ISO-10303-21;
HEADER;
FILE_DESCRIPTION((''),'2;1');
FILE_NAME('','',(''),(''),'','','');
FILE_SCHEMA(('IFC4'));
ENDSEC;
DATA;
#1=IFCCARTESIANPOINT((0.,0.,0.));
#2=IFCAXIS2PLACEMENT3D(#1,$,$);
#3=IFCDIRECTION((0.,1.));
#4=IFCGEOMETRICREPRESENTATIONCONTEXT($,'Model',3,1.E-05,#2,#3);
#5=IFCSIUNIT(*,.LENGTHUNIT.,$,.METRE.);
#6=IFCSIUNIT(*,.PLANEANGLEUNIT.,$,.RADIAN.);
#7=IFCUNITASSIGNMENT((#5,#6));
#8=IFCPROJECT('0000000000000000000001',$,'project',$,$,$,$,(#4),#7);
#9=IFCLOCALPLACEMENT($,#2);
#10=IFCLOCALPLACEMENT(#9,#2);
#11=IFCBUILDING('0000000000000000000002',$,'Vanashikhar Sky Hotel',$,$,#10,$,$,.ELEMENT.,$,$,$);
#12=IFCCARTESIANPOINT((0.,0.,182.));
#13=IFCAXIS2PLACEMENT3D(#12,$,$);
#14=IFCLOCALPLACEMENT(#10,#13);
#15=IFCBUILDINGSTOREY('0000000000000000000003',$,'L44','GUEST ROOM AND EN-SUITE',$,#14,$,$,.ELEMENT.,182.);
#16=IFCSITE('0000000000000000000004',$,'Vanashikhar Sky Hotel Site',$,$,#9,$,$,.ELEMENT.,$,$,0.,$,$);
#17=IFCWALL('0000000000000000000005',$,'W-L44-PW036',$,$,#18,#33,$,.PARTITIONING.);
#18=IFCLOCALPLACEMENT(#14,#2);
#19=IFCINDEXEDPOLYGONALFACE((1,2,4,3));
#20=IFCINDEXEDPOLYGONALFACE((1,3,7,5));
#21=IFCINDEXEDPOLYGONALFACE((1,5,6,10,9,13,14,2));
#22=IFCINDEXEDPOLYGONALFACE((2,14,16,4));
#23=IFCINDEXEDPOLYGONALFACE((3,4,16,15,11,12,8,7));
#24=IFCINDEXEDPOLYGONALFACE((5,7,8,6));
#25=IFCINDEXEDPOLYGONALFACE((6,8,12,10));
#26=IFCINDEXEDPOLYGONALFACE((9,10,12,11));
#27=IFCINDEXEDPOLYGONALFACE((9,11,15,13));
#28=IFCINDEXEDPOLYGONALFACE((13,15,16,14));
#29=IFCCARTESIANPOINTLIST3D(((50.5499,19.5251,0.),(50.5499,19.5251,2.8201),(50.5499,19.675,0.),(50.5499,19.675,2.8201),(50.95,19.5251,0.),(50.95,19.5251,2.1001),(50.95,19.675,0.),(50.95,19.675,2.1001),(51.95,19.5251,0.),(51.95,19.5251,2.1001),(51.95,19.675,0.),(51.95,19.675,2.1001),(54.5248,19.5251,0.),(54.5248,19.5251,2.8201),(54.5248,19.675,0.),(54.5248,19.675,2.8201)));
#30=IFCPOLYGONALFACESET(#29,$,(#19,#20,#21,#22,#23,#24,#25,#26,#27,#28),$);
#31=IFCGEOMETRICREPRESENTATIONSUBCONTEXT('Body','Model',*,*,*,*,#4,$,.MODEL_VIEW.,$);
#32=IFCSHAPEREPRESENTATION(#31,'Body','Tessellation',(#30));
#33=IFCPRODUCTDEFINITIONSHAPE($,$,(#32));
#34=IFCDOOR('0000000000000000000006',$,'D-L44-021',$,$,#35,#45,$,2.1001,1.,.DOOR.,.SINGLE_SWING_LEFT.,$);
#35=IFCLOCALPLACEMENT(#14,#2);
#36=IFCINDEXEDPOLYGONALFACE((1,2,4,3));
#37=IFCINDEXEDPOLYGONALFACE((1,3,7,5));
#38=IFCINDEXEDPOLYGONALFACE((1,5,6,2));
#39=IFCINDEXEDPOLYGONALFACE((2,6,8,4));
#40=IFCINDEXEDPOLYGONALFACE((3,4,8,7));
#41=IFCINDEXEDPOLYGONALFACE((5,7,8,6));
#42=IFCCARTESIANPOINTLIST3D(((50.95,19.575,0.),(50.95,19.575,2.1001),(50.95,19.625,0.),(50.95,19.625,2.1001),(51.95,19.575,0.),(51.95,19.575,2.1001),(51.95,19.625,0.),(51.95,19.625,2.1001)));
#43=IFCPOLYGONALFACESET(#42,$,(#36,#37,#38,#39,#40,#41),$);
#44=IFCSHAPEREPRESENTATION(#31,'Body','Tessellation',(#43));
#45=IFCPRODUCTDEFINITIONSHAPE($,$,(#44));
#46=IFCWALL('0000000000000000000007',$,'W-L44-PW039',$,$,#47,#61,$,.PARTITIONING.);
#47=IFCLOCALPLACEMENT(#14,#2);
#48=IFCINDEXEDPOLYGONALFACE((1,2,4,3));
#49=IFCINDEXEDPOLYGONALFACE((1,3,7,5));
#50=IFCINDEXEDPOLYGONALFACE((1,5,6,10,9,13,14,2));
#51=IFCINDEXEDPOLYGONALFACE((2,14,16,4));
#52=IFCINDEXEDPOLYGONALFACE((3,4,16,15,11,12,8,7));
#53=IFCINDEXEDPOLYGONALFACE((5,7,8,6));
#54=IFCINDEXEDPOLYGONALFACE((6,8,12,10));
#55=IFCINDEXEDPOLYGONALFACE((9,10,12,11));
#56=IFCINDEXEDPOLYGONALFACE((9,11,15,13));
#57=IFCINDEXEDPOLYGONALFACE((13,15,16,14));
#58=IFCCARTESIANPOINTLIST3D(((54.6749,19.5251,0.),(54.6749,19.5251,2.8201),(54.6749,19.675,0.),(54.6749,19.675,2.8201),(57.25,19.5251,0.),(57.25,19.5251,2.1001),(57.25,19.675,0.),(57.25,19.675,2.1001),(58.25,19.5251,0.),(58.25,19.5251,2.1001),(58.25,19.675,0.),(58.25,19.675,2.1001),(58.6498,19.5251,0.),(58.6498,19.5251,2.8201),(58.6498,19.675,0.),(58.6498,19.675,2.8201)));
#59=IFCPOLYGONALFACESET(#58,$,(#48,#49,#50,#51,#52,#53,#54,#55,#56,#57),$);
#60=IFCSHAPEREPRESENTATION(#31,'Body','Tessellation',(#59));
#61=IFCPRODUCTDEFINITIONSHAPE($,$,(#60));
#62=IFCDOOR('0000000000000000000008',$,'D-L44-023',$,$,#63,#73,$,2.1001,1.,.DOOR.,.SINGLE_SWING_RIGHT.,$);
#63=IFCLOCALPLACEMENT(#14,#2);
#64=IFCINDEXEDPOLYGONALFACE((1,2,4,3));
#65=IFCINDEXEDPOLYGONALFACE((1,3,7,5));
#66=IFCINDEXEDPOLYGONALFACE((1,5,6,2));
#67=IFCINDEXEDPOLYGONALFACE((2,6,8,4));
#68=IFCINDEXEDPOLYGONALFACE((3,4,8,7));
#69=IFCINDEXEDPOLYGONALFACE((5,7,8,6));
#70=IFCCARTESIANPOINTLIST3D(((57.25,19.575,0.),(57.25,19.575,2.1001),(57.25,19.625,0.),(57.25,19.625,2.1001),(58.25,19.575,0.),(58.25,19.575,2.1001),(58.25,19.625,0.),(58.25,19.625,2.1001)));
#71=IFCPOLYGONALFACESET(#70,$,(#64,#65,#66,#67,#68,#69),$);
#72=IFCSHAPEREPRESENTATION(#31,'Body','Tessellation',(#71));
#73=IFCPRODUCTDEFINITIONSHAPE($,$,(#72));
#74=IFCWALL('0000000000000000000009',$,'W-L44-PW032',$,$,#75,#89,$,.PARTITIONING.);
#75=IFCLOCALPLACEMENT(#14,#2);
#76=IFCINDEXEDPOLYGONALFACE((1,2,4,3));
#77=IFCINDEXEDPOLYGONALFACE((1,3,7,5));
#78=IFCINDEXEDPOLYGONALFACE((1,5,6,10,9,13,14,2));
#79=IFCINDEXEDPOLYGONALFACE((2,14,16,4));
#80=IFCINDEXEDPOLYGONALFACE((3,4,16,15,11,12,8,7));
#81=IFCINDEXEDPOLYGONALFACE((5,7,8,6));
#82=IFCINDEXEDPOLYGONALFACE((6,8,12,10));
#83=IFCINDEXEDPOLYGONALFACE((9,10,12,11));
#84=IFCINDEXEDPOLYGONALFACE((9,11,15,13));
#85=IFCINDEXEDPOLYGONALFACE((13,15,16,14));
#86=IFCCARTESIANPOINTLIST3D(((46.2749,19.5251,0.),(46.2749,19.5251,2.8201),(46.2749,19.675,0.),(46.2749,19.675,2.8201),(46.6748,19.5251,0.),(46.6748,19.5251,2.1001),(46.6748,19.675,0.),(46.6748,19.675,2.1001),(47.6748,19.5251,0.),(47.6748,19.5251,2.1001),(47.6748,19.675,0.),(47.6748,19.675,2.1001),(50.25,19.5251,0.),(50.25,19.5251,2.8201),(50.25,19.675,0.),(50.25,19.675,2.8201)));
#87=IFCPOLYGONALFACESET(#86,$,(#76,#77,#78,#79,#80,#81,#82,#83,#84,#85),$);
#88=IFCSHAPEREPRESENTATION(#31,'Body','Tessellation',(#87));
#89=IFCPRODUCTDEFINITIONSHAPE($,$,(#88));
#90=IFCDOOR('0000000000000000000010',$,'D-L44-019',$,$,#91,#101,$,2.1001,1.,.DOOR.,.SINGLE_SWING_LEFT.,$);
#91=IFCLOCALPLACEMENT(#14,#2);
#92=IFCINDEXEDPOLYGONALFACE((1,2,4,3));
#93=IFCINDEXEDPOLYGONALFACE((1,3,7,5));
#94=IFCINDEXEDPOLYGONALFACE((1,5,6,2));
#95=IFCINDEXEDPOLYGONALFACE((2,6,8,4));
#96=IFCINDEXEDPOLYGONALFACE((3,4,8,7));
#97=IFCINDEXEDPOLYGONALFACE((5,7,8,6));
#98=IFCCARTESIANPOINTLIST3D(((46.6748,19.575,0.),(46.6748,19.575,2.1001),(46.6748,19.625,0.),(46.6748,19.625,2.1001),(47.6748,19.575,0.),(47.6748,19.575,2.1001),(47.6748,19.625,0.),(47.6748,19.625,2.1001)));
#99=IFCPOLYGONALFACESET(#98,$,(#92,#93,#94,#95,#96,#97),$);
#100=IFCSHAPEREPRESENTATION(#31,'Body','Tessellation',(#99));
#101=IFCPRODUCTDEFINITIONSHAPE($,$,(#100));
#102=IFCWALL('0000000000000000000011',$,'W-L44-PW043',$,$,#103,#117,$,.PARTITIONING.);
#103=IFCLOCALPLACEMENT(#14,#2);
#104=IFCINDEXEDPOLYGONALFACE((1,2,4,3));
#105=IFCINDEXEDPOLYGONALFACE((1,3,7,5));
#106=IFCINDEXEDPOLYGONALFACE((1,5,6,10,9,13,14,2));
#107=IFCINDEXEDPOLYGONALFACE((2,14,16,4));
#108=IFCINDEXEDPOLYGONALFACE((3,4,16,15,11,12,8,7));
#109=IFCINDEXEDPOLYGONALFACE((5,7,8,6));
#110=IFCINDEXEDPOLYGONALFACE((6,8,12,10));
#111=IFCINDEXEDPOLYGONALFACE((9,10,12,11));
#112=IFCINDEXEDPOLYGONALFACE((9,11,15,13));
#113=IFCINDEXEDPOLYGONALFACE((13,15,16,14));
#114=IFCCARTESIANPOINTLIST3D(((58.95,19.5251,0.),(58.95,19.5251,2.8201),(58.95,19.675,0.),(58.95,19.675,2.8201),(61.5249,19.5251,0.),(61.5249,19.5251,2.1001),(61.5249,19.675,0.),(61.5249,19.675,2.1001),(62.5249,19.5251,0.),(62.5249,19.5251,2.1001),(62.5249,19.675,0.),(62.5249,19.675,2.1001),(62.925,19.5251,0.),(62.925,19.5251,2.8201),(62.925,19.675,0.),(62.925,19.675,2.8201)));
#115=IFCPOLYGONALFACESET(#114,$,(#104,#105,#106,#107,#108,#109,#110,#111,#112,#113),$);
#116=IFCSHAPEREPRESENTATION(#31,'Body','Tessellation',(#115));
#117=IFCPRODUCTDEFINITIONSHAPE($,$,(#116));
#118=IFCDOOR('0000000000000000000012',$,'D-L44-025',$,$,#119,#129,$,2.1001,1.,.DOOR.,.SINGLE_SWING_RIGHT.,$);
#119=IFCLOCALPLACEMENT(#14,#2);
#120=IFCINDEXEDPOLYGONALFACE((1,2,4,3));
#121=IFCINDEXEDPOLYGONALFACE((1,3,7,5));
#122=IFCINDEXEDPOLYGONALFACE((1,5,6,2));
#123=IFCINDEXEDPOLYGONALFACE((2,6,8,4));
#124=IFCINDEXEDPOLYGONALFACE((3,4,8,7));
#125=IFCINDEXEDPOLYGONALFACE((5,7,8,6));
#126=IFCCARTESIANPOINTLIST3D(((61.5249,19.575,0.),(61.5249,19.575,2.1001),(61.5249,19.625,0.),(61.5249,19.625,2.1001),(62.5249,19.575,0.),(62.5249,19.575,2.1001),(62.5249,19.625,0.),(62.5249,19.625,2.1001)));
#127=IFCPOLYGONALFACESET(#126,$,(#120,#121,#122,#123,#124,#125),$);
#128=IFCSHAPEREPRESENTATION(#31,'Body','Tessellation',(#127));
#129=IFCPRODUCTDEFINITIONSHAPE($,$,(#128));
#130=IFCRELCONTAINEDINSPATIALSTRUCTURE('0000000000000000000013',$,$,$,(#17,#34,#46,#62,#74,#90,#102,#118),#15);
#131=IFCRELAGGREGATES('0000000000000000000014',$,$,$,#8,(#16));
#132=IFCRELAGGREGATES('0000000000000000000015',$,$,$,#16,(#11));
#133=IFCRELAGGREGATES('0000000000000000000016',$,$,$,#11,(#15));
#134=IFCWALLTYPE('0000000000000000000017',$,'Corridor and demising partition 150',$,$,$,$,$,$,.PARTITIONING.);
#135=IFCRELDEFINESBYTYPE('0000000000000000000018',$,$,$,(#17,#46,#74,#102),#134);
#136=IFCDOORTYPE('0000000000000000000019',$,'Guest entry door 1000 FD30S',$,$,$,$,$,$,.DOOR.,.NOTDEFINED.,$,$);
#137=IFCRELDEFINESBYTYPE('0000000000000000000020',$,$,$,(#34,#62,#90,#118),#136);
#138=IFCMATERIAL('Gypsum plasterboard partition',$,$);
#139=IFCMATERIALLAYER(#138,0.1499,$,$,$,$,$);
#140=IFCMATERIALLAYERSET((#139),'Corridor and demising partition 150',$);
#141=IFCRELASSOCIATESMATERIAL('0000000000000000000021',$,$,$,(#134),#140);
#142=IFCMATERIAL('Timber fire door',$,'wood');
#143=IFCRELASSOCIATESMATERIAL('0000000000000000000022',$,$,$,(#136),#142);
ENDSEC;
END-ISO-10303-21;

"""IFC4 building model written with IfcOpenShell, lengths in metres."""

from ifc_helpers import new_model, si_unit, direction, frame, frame_2d, origin, place, context, subcontext, project, spatial, rectangle, extrude, source, transform, mapped, material, layer, layer_set, type_object, element, fill, save


model = new_model("IFC4")

# Units and contexts
model_context = context("Model", 3, precision=1e-05, world=origin(), true_north=direction((0.0, 1.0)))
body_context = subcontext(model_context, "Body", "Model", "MODEL_VIEW")
ifc_project = project(units=[si_unit("LENGTHUNIT", "METRE"), si_unit("PLANEANGLEUNIT", "RADIAN")], contexts=[model_context])

# Site, building, storey
site_placement = place(None, origin())
site = spatial("IfcSite", under=ifc_project, at=site_placement, Name="Vanashikhar Sky Hotel Site", CompositionType="ELEMENT", RefElevation=0.0)
building_placement = place(site_placement, origin())
building = spatial("IfcBuilding", under=site, at=building_placement, Name="Vanashikhar Sky Hotel", CompositionType="ELEMENT")
storey_placement = place(building_placement, frame((0.0, 0.0, 182.0)))
storey = spatial("IfcBuildingStorey", under=building, at=storey_placement, Name="L44", Description="GUEST ROOM AND EN-SUITE", CompositionType="ELEMENT", Elevation=182.0)

# Shared definitions
ifc_material_1 = material(Name="Gypsum plasterboard partition")

# Walls, openings, doors
ifc_layer_1 = layer(ifc_material_1, 0.1499)
ifc_layer_set_1 = layer_set([ifc_layer_1], Name="Corridor and demising partition 150")
wall_type_1 = type_object("IfcWallType", Name="Corridor and demising partition 150", PredefinedType="PARTITIONING", material=ifc_layer_set_1)
shared_shape_1 = source(origin(), body_context, "Body", "SweptSolid", [
    extrude(rectangle(XDim=3.9749, YDim=0.1499, at=frame_2d((1.9873, 0.0))), origin(), (0.0, 0.0, 1.0), 2.8201),
])
wall_1_placement = place(storey_placement, frame((50.55, 19.6001, 0.0), z_axis=(0.0, 0.0, 1.0), x_axis=(1.0, 0.0, 0.0)))
wall_1 = element("IfcWall", 1, at=wall_1_placement, inside=storey, type_object=wall_type_1, Name="W-L44-PW036", PredefinedType="PARTITIONING", context=body_context, shape_type="MappedRepresentation", body=[
    mapped(shared_shape_1, transform((0.0, 0.0, 0.0), scale=1.0)),
])
shared_shape_2 = source(origin(), body_context, "Body", "SweptSolid", [
    extrude(rectangle(XDim=1.0, YDim=2.1001, at=frame_2d((0.5, 1.05))), frame((0.0, 0.085, 0.0), z_axis=(0.0, -1.0, 0.0), x_axis=(1.0, 0.0, 0.0)), (0.0, 0.0, 1.0), 0.1699),
])
opening_1_placement = place(wall_1_placement, frame((0.3999, 0.0, 0.0)))
opening_1 = element("IfcOpeningElement", 2, at=opening_1_placement, cuts=wall_1, PredefinedType="OPENING", context=body_context, shape_type="MappedRepresentation", body=[
    mapped(shared_shape_2, transform((0.0, 0.0, 0.0), scale=1.0)),
])
ifc_material_2 = material(Name="Timber fire door", Category="wood")
door_type_1 = type_object("IfcDoorType", Name="Guest entry door 1000 FD30S", OperationType="NOTDEFINED", PredefinedType="DOOR", material=ifc_material_2)
shared_shape_3 = source(origin(), body_context, "Body", "SweptSolid", [
    extrude(rectangle(XDim=1.0, YDim=2.1001, at=frame_2d((0.5, 1.05))), frame((0.0, 0.0249, 0.0), z_axis=(0.0, -1.0, 0.0), x_axis=(1.0, 0.0, 0.0)), (0.0, 0.0, 1.0), 0.05),
])
door_1_placement = place(opening_1_placement, origin())
door_1 = element("IfcDoor", 3, at=door_1_placement, inside=storey, type_object=door_type_1, Name="D-L44-021", OperationType="SINGLE_SWING_LEFT", OverallHeight=2.1001, OverallWidth=1.0, PredefinedType="DOOR", context=body_context, shape_type="MappedRepresentation", body=[
    mapped(shared_shape_3, transform((0.0, 0.0, 0.0), scale=1.0)),
])
fill(opening_1, door_1)
wall_2_placement = place(storey_placement, frame((54.675, 19.6001, 0.0), z_axis=(0.0, 0.0, 1.0), x_axis=(1.0, 0.0, 0.0)))
wall_2 = element("IfcWall", 4, at=wall_2_placement, inside=storey, type_object=wall_type_1, Name="W-L44-PW039", PredefinedType="PARTITIONING", context=body_context, shape_type="MappedRepresentation", body=[
    mapped(shared_shape_1, transform((0.0, 0.0, 0.0), scale=1.0)),
])
opening_2_placement = place(wall_2_placement, frame((2.575, 0.0, 0.0)))
opening_2 = element("IfcOpeningElement", 5, at=opening_2_placement, cuts=wall_2, PredefinedType="OPENING", context=body_context, shape_type="MappedRepresentation", body=[
    mapped(shared_shape_2, transform((0.0, 0.0, 0.0), scale=1.0)),
])
door_2_placement = place(opening_2_placement, origin())
door_2 = element("IfcDoor", 6, at=door_2_placement, inside=storey, type_object=door_type_1, Name="D-L44-023", OperationType="SINGLE_SWING_RIGHT", OverallHeight=2.1001, OverallWidth=1.0, PredefinedType="DOOR", context=body_context, shape_type="MappedRepresentation", body=[
    mapped(shared_shape_3, transform((0.0, 0.0, 0.0), scale=1.0)),
])
fill(opening_2, door_2)
shared_shape_4 = source(origin(), body_context, "Body", "SweptSolid", [
    extrude(rectangle(XDim=3.9751, YDim=0.1499, at=frame_2d((1.9875, 0.0))), origin(), (0.0, 0.0, 1.0), 2.8201),
])
wall_3_placement = place(storey_placement, frame((46.2749, 19.6001, 0.0), z_axis=(0.0, 0.0, 1.0), x_axis=(1.0, 0.0, 0.0)))
wall_3 = element("IfcWall", 7, at=wall_3_placement, inside=storey, type_object=wall_type_1, Name="W-L44-PW032", PredefinedType="PARTITIONING", context=body_context, shape_type="MappedRepresentation", body=[
    mapped(shared_shape_4, transform((0.0, 0.0, 0.0), scale=1.0)),
])
opening_3_placement = place(wall_3_placement, frame((0.3999, 0.0, 0.0)))
opening_3 = element("IfcOpeningElement", 8, at=opening_3_placement, cuts=wall_3, PredefinedType="OPENING", context=body_context, shape_type="MappedRepresentation", body=[
    mapped(shared_shape_2, transform((0.0, 0.0, 0.0), scale=1.0)),
])
door_3_placement = place(opening_3_placement, origin())
door_3 = element("IfcDoor", 9, at=door_3_placement, inside=storey, type_object=door_type_1, Name="D-L44-019", OperationType="SINGLE_SWING_LEFT", OverallHeight=2.1001, OverallWidth=1.0, PredefinedType="DOOR", context=body_context, shape_type="MappedRepresentation", body=[
    mapped(shared_shape_3, transform((0.0, 0.0, 0.0), scale=1.0)),
])
fill(opening_3, door_3)
wall_4_placement = place(storey_placement, frame((58.95, 19.6001, 0.0), z_axis=(0.0, 0.0, 1.0), x_axis=(1.0, 0.0, 0.0)))
wall_4 = element("IfcWall", 10, at=wall_4_placement, inside=storey, type_object=wall_type_1, Name="W-L44-PW043", PredefinedType="PARTITIONING", context=body_context, shape_type="MappedRepresentation", body=[
    mapped(shared_shape_4, transform((0.0, 0.0, 0.0), scale=1.0)),
])
opening_4_placement = place(wall_4_placement, frame((2.575, 0.0, 0.0)))
opening_4 = element("IfcOpeningElement", 11, at=opening_4_placement, cuts=wall_4, PredefinedType="OPENING", context=body_context, shape_type="MappedRepresentation", body=[
    mapped(shared_shape_2, transform((0.0, 0.0, 0.0), scale=1.0)),
])
door_4_placement = place(opening_4_placement, origin())
door_4 = element("IfcDoor", 12, at=door_4_placement, inside=storey, type_object=door_type_1, Name="D-L44-025", OperationType="SINGLE_SWING_RIGHT", OverallHeight=2.1001, OverallWidth=1.0, PredefinedType="DOOR", context=body_context, shape_type="MappedRepresentation", body=[
    mapped(shared_shape_3, transform((0.0, 0.0, 0.0), scale=1.0)),
])
fill(opening_4, door_4)

save(model, "model.ifc")
